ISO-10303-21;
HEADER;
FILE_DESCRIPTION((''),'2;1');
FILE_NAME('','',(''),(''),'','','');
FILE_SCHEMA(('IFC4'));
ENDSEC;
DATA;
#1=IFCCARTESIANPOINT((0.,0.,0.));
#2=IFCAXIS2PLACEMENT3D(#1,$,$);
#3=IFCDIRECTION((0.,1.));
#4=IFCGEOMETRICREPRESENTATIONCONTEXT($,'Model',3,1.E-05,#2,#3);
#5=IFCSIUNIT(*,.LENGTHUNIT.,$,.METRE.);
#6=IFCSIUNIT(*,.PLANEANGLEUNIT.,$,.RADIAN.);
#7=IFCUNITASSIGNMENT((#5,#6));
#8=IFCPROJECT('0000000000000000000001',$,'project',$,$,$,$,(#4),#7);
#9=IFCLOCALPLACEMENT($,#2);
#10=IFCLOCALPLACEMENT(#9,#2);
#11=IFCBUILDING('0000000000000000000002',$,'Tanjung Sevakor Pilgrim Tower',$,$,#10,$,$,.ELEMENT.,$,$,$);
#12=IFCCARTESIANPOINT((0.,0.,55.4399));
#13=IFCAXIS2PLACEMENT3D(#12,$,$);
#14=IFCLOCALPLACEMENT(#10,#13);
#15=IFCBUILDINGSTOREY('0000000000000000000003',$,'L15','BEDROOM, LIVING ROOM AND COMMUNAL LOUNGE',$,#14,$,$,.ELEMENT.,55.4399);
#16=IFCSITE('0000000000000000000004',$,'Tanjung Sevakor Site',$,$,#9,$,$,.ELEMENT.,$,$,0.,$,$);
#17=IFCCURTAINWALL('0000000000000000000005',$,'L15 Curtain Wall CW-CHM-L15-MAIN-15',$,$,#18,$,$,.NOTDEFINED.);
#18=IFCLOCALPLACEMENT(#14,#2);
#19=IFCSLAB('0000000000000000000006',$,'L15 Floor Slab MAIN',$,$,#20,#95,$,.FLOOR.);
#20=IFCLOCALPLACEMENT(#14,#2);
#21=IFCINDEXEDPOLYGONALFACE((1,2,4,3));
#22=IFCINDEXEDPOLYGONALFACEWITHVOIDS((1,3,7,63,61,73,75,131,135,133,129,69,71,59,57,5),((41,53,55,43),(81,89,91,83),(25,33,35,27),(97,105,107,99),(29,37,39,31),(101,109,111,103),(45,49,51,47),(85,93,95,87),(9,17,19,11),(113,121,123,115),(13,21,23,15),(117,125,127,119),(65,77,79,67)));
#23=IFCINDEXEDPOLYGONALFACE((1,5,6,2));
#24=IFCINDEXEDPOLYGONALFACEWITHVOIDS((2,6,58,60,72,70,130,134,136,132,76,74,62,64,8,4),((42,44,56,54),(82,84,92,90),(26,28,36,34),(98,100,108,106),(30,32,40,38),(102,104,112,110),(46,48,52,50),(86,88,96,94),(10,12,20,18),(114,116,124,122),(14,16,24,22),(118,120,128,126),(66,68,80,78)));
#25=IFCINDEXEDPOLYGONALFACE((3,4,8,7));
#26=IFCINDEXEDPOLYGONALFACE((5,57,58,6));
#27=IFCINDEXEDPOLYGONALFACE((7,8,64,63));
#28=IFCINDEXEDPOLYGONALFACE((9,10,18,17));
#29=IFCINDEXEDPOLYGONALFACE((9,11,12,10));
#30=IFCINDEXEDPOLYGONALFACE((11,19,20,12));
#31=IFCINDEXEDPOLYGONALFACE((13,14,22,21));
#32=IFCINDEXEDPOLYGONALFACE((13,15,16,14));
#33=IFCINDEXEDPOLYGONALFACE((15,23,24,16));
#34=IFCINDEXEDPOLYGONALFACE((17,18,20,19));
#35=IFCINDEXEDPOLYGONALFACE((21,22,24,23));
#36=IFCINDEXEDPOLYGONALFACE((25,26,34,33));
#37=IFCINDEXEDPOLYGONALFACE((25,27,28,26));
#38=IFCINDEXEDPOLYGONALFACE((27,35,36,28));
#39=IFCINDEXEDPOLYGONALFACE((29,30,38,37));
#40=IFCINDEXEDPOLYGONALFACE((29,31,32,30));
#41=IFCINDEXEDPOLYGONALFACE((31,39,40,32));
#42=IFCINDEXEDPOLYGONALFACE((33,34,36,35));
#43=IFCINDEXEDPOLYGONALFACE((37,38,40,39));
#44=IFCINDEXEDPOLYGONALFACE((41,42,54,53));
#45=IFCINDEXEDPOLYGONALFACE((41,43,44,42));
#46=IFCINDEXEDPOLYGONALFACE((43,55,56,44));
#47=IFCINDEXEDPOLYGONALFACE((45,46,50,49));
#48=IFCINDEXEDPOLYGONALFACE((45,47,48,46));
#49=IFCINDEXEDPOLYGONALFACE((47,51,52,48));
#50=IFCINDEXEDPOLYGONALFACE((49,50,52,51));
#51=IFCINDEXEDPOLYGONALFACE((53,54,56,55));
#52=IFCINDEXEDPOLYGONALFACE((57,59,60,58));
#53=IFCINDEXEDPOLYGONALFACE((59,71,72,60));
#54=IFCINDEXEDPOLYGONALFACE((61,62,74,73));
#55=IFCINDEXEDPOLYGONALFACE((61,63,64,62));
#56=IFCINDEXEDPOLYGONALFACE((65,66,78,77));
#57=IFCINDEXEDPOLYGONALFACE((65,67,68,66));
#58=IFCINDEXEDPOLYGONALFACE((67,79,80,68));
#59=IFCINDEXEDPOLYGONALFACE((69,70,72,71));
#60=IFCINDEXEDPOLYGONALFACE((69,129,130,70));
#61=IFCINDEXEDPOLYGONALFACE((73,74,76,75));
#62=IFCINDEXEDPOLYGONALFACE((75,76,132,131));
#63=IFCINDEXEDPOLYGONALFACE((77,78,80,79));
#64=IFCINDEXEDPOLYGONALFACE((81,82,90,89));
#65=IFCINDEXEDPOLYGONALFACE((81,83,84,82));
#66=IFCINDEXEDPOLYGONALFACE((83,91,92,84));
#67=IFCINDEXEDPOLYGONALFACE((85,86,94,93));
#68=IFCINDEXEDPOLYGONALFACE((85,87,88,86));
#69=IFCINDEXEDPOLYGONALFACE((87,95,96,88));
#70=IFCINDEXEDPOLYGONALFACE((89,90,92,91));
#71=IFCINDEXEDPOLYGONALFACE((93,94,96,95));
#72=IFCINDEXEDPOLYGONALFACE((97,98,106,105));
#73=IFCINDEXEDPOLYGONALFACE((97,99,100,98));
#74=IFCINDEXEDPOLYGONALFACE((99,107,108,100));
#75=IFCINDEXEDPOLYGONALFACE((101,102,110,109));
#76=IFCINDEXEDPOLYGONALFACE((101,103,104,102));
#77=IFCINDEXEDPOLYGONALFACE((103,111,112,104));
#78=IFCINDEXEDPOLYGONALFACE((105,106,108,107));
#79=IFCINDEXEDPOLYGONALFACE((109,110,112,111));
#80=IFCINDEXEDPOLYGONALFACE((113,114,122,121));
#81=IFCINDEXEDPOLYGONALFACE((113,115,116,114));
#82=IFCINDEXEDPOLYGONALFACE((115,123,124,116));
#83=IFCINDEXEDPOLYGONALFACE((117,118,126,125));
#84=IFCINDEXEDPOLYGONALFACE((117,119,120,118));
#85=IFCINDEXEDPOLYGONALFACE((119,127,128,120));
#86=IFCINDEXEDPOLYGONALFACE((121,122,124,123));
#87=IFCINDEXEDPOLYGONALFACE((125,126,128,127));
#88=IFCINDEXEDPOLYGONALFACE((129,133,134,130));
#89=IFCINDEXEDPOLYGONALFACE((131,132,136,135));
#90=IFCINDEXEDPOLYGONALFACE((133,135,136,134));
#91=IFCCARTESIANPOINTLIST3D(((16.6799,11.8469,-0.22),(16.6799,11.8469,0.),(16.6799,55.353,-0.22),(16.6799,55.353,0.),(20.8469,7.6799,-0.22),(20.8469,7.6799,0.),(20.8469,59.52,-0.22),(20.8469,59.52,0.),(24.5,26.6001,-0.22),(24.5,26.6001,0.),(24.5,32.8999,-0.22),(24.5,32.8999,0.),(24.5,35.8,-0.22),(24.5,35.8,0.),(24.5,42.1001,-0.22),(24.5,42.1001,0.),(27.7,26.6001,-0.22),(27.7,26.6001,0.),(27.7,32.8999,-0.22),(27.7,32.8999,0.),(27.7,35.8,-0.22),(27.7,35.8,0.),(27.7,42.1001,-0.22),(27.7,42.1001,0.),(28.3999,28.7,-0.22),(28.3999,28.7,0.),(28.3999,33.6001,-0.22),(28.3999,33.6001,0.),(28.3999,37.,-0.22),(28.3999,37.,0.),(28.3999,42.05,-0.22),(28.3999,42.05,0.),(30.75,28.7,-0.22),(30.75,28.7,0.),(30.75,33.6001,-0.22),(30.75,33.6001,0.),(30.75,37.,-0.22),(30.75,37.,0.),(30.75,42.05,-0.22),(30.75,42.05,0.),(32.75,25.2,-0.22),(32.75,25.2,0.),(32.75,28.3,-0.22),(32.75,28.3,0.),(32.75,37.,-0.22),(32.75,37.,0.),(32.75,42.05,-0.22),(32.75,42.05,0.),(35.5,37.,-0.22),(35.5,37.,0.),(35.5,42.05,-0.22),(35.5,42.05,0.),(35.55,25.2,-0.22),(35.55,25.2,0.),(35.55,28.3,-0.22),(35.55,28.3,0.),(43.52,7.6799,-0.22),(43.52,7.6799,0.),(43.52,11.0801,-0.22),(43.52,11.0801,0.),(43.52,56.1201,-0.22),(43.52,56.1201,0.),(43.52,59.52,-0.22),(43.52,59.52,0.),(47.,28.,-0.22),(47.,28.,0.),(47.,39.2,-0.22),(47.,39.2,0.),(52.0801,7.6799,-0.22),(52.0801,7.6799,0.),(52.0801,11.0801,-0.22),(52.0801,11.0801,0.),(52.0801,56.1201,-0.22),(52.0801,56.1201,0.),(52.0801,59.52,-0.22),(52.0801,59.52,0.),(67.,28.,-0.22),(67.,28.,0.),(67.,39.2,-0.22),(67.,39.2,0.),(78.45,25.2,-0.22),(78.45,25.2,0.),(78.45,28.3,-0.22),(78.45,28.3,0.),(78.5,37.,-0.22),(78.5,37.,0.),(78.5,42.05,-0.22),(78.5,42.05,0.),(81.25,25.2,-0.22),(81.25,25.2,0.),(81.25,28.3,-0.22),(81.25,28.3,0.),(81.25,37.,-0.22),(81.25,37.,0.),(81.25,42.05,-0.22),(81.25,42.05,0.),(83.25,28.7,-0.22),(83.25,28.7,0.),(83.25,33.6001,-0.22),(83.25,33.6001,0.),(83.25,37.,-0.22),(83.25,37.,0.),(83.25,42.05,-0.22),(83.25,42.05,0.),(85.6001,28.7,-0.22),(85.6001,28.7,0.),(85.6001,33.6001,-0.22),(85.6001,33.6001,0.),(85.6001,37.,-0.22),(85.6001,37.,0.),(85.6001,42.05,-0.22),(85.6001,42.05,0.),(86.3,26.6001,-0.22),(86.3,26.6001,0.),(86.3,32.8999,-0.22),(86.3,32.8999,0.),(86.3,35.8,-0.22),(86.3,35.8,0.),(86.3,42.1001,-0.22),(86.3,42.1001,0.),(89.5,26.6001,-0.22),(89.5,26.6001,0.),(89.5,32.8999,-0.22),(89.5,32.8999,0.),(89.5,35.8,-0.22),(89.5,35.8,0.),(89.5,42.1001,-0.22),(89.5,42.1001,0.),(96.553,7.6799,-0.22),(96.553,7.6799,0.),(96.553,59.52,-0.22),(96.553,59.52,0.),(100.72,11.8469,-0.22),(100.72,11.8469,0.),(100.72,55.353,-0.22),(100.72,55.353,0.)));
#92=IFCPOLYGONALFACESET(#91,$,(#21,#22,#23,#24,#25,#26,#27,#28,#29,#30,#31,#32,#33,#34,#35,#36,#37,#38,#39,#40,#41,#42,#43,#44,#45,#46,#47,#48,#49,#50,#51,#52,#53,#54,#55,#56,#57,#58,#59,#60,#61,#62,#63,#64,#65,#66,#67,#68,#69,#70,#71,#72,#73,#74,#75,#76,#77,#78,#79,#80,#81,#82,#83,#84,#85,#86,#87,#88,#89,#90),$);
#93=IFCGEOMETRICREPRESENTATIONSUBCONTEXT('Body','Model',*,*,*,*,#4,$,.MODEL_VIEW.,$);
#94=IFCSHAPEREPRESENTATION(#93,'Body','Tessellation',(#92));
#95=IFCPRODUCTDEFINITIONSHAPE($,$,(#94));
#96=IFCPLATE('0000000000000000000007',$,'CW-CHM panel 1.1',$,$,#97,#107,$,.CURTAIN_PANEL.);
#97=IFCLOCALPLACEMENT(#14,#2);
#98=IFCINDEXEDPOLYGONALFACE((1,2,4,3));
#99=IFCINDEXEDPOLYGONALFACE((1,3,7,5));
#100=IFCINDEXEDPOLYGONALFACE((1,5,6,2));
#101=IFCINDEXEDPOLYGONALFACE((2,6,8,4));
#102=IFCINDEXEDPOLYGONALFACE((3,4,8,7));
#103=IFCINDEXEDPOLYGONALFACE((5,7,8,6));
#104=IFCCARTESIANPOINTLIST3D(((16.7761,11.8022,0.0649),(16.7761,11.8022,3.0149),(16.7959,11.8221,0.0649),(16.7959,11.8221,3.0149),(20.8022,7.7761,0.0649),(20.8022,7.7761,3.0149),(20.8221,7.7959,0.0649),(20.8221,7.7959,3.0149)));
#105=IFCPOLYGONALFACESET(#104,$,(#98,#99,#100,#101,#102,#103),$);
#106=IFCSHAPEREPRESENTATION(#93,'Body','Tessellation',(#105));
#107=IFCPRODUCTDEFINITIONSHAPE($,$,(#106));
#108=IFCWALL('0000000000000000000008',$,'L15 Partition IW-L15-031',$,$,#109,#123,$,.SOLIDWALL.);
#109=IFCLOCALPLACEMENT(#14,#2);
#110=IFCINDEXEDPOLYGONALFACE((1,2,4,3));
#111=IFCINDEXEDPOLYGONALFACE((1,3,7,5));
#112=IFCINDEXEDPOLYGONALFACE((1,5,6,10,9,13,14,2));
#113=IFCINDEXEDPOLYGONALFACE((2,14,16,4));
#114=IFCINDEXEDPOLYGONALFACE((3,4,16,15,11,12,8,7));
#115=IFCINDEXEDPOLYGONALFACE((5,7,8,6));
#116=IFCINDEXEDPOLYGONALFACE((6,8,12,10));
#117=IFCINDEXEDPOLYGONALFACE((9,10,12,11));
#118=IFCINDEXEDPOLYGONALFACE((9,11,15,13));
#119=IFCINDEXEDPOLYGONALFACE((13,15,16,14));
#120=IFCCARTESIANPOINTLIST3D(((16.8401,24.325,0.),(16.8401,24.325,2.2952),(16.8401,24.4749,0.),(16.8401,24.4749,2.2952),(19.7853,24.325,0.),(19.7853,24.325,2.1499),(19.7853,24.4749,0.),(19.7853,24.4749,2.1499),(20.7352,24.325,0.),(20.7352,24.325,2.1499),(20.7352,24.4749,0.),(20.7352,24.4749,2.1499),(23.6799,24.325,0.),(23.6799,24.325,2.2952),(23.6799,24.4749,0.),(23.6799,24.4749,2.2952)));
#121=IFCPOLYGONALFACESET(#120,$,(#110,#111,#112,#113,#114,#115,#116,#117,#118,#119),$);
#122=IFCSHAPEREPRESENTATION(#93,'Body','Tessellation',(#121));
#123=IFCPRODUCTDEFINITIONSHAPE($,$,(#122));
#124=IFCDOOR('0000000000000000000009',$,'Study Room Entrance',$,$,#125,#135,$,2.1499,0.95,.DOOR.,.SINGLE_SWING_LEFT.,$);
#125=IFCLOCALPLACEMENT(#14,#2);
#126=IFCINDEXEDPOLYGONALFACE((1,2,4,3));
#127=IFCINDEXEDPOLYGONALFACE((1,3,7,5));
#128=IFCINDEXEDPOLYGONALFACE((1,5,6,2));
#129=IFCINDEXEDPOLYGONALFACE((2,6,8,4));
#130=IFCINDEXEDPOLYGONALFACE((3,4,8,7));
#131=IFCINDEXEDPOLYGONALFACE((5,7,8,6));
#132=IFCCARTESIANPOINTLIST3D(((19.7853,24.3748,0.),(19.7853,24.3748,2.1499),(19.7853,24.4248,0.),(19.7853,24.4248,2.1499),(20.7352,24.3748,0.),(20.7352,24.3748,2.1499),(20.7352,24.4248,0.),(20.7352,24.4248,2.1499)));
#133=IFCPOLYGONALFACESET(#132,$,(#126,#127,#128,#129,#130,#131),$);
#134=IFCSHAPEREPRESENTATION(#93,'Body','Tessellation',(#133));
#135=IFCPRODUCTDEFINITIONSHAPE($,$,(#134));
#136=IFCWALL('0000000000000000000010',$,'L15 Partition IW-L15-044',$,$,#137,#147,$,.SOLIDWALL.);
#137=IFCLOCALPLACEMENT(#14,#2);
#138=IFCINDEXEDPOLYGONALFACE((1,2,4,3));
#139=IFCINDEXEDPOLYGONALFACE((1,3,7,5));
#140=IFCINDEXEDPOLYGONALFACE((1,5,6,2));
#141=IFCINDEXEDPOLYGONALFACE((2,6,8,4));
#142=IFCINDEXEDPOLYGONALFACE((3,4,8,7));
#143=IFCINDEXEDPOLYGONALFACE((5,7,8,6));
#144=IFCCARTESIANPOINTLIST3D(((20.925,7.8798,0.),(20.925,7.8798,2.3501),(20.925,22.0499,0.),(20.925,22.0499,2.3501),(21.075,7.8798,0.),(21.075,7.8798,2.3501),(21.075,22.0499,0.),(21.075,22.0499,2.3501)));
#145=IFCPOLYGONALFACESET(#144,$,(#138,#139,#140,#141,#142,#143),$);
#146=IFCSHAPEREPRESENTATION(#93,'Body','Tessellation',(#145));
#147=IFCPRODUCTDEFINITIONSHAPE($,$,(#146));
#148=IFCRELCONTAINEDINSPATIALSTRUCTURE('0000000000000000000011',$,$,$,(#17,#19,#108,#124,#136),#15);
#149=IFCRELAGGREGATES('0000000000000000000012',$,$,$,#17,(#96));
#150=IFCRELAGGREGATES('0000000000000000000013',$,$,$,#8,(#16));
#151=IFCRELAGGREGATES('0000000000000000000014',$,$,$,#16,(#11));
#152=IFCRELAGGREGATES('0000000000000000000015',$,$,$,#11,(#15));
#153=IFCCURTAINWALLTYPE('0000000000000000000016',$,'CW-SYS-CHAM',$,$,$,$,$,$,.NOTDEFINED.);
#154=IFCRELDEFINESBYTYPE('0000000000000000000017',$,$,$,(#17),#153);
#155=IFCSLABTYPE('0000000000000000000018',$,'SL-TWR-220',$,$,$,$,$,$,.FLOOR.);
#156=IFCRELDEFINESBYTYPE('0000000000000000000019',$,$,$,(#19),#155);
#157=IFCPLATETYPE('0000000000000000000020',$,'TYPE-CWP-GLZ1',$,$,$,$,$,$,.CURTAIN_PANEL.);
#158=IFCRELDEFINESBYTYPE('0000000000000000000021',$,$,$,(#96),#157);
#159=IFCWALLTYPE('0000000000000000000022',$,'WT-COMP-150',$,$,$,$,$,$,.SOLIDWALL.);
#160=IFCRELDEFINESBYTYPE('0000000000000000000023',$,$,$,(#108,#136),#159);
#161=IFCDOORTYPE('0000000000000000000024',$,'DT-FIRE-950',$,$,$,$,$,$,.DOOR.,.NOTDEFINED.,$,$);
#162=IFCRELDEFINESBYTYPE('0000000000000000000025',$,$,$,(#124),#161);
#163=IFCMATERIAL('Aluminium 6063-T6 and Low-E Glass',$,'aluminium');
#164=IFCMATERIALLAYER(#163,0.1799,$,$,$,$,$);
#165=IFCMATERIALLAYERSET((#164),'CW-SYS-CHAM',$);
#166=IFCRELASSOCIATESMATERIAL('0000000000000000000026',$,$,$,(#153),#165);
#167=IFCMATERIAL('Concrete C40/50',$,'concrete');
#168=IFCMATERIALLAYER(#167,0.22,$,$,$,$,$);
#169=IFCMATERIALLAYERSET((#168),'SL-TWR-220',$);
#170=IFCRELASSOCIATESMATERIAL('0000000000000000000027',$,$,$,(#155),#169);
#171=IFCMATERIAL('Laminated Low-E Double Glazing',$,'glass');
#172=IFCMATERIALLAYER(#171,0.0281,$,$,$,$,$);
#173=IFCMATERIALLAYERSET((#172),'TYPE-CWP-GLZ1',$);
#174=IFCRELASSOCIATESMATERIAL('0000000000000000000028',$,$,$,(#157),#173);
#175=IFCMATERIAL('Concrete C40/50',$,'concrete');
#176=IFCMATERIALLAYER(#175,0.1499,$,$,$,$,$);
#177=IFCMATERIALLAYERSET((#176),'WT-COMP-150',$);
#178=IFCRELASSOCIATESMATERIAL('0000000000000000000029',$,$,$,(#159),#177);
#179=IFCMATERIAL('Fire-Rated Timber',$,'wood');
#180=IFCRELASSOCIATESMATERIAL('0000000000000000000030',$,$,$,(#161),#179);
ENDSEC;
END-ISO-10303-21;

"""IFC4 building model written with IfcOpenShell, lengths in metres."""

from ifc_helpers import new_model, si_unit, direction, frame, frame_2d, origin, origin_2d, place, context, subcontext, project, spatial, polyline, rectangle, outline, extrude, material, layer, layer_set, type_object, element, fill, aggregate, save


model = new_model("IFC4")

# Units and contexts
model_context = context("Model", 3, precision=1e-05, world=origin(), true_north=direction((0.0, 1.0)))
body_context = subcontext(model_context, "Body", "Model", "MODEL_VIEW")
ifc_project = project(units=[si_unit("LENGTHUNIT", "METRE"), si_unit("PLANEANGLEUNIT", "RADIAN")], contexts=[model_context])

# Site, building, storey
site_placement = place(None, origin())
site = spatial("IfcSite", under=ifc_project, at=site_placement, Name="Tanjung Sevakor Site", CompositionType="ELEMENT", RefElevation=0.0)
building_placement = place(site_placement, origin())
building = spatial("IfcBuilding", under=site, at=building_placement, Name="Tanjung Sevakor Pilgrim Tower", CompositionType="ELEMENT")
storey_placement = place(building_placement, frame((0.0, 0.0, 55.4399)))
storey = spatial("IfcBuildingStorey", under=building, at=storey_placement, Name="L15", Description="BEDROOM, LIVING ROOM AND COMMUNAL LOUNGE", CompositionType="ELEMENT", Elevation=55.4399)

# Curtain wall
ifc_material_1 = material(Name="Aluminium 6063-T6 and Low-E Glass", Category="aluminium")
ifc_layer_1 = layer(ifc_material_1, 0.1799)
ifc_layer_set_1 = layer_set([ifc_layer_1], Name="CW-SYS-CHAM")
curtain_wall_type = type_object("IfcCurtainWallType", Name="CW-SYS-CHAM", PredefinedType="NOTDEFINED", material=ifc_layer_set_1)
curtain_wall_placement = place(storey_placement, origin())
curtain_wall = element("IfcCurtainWall", 1, at=curtain_wall_placement, inside=storey, type_object=curtain_wall_type, Name="L15 Curtain Wall CW-CHM-L15-MAIN-15", PredefinedType="NOTDEFINED")

# Slab
ifc_material_2 = material(Name="Concrete C40/50", Category="concrete")
ifc_layer_2 = layer(ifc_material_2, 0.22)
ifc_layer_set_2 = layer_set([ifc_layer_2], Name="SL-TWR-220")
slab_type_1 = type_object("IfcSlabType", Name="SL-TWR-220", PredefinedType="FLOOR", material=ifc_layer_set_2)
slab_1_placement = place(storey_placement, frame((0.0, 0.0, -0.22)))
element("IfcSlab", 2, at=slab_1_placement, inside=storey, type_object=slab_type_1, Name="L15 Floor Slab MAIN", PredefinedType="FLOOR", context=body_context, shape_type="SweptSolid", body=[
    extrude(outline(polyline([(20.8469, 7.6799), (43.52, 7.6799), (43.52, 11.0801), (52.0801, 11.0801), (52.0801, 7.6799), (96.553, 7.6799), (100.72, 11.8469), (100.72, 55.353), (96.553, 59.52), (52.0801, 59.52), (52.0801, 56.1201), (43.52, 56.1201), (43.52, 59.52), (20.8469, 59.52), (16.6799, 55.353), (16.6799, 11.8469), (20.8469, 7.6799)]), holes=[polyline([(27.7, 26.6001), (27.7, 32.8999), (24.5, 32.8999), (24.5, 26.6001), (27.7, 26.6001)]), polyline([(27.7, 35.8), (27.7, 42.1001), (24.5, 42.1001), (24.5, 35.8), (27.7, 35.8)]), polyline([(89.5, 26.6001), (89.5, 32.8999), (86.3, 32.8999), (86.3, 26.6001), (89.5, 26.6001)]), polyline([(89.5, 35.8), (89.5, 42.1001), (86.3, 42.1001), (86.3, 35.8), (89.5, 35.8)]), polyline([(32.75, 25.2), (35.55, 25.2), (35.55, 28.3), (32.75, 28.3), (32.75, 25.2)]), polyline([(28.3999, 28.7), (30.75, 28.7), (30.75, 33.6001), (28.3999, 33.6001), (28.3999, 28.7)]), polyline([(28.3999, 37.0), (30.75, 37.0), (30.75, 42.05), (28.3999, 42.05), (28.3999, 37.0)]), polyline([(32.75, 37.0), (35.5, 37.0), (35.5, 42.05), (32.75, 42.05), (32.75, 37.0)]), polyline([(78.45, 25.2), (81.25, 25.2), (81.25, 28.3), (78.45, 28.3), (78.45, 25.2)]), polyline([(83.25, 28.7), (85.6001, 28.7), (85.6001, 33.6001), (83.25, 33.6001), (83.25, 28.7)]), polyline([(83.25, 37.0), (85.6001, 37.0), (85.6001, 42.05), (83.25, 42.05), (83.25, 37.0)]), polyline([(78.5, 37.0), (81.25, 37.0), (81.25, 42.05), (78.5, 42.05), (78.5, 37.0)]), polyline([(47.0, 28.0), (67.0, 28.0), (67.0, 39.2), (47.0, 39.2), (47.0, 28.0)])]), origin(), (0.0, 0.0, 1.0), 0.22),
])

# Plate
ifc_material_3 = material(Name="Laminated Low-E Double Glazing", Category="glass")
ifc_layer_3 = layer(ifc_material_3, 0.0281)
ifc_layer_set_3 = layer_set([ifc_layer_3], Name="TYPE-CWP-GLZ1")
plate_type = type_object("IfcPlateType", Name="TYPE-CWP-GLZ1", PredefinedType="CURTAIN_PANEL", material=ifc_layer_set_3)
plate_placement = place(storey_placement, frame((18.7991, 9.7991, 0.0649), z_axis=(0.0, 0.0, 1.0), x_axis=(0.707107, -0.707107, 0.0)))
plate = element("IfcPlate", 3, at=plate_placement, type_object=plate_type, Name="CW-CHM panel 1.1", PredefinedType="CURTAIN_PANEL", context=body_context, shape_type="SweptSolid", body=[
    extrude(rectangle(XDim=5.6938, YDim=0.0281, at=origin_2d()), origin(), (0.0, 0.0, 1.0), 2.95),
])
aggregate(curtain_wall, [plate])

# Wall, opening, door
ifc_material_4 = material(Name="Concrete C40/50", Category="concrete")
ifc_layer_4 = layer(ifc_material_4, 0.1499)
ifc_layer_set_4 = layer_set([ifc_layer_4], Name="WT-COMP-150")
wall_type_1 = type_object("IfcWallType", Name="WT-COMP-150", PredefinedType="SOLIDWALL", material=ifc_layer_set_4)
wall_1_placement = place(storey_placement, frame((16.8401, 24.3999, 0.0), z_axis=(0.0, 0.0, 1.0), x_axis=(1.0, 0.0, 0.0)))
wall_1 = element("IfcWall", 4, at=wall_1_placement, inside=storey, type_object=wall_type_1, Name="L15 Partition IW-L15-031", PredefinedType="SOLIDWALL", context=body_context, shape_type="SweptSolid", body=[
    extrude(rectangle(XDim=6.8398, YDim=0.1499, at=frame_2d((3.4199, 0.0))), origin(), (0.0, 0.0, 1.0), 2.2952),
])
opening_1_placement = place(wall_1_placement, frame((2.9451, 0.0, 0.0)))
opening_1 = element("IfcOpeningElement", 5, at=opening_1_placement, cuts=wall_1, PredefinedType="OPENING", context=body_context, shape_type="SweptSolid", body=[
    extrude(rectangle(XDim=0.95, YDim=2.1499, at=frame_2d((0.4751, 1.075))), frame((0.0, 0.085, 0.0), z_axis=(0.0, -1.0, 0.0), x_axis=(1.0, 0.0, 0.0)), (0.0, 0.0, 1.0), 0.1699),
])
ifc_material_5 = material(Name="Fire-Rated Timber", Category="wood")
door_type_1 = type_object("IfcDoorType", Name="DT-FIRE-950", OperationType="NOTDEFINED", PredefinedType="DOOR", material=ifc_material_5)
door_1_placement = place(opening_1_placement, origin())
door_1 = element("IfcDoor", 6, at=door_1_placement, inside=storey, type_object=door_type_1, Name="Study Room Entrance", OperationType="SINGLE_SWING_LEFT", OverallHeight=2.1499, OverallWidth=0.95, PredefinedType="DOOR", context=body_context, shape_type="SweptSolid", body=[
    extrude(rectangle(XDim=0.95, YDim=2.1499, at=frame_2d((0.4751, 1.075))), frame((0.0, 0.0249, 0.0), z_axis=(0.0, -1.0, 0.0), x_axis=(1.0, 0.0, 0.0)), (0.0, 0.0, 1.0), 0.05),
])
fill(opening_1, door_1)

# Wall
wall_2_placement = place(storey_placement, frame((21.0, 7.8799, 0.0), z_axis=(0.0, 0.0, 1.0), x_axis=(0.0, 1.0, 0.0)))
element("IfcWall", 7, at=wall_2_placement, inside=storey, type_object=wall_type_1, Name="L15 Partition IW-L15-044", PredefinedType="SOLIDWALL", context=body_context, shape_type="SweptSolid", body=[
    extrude(rectangle(XDim=14.1702, YDim=0.1499, at=frame_2d((7.085, 0.0))), origin(), (0.0, 0.0, 1.0), 2.3501),
])

save(model, "model.ifc")
